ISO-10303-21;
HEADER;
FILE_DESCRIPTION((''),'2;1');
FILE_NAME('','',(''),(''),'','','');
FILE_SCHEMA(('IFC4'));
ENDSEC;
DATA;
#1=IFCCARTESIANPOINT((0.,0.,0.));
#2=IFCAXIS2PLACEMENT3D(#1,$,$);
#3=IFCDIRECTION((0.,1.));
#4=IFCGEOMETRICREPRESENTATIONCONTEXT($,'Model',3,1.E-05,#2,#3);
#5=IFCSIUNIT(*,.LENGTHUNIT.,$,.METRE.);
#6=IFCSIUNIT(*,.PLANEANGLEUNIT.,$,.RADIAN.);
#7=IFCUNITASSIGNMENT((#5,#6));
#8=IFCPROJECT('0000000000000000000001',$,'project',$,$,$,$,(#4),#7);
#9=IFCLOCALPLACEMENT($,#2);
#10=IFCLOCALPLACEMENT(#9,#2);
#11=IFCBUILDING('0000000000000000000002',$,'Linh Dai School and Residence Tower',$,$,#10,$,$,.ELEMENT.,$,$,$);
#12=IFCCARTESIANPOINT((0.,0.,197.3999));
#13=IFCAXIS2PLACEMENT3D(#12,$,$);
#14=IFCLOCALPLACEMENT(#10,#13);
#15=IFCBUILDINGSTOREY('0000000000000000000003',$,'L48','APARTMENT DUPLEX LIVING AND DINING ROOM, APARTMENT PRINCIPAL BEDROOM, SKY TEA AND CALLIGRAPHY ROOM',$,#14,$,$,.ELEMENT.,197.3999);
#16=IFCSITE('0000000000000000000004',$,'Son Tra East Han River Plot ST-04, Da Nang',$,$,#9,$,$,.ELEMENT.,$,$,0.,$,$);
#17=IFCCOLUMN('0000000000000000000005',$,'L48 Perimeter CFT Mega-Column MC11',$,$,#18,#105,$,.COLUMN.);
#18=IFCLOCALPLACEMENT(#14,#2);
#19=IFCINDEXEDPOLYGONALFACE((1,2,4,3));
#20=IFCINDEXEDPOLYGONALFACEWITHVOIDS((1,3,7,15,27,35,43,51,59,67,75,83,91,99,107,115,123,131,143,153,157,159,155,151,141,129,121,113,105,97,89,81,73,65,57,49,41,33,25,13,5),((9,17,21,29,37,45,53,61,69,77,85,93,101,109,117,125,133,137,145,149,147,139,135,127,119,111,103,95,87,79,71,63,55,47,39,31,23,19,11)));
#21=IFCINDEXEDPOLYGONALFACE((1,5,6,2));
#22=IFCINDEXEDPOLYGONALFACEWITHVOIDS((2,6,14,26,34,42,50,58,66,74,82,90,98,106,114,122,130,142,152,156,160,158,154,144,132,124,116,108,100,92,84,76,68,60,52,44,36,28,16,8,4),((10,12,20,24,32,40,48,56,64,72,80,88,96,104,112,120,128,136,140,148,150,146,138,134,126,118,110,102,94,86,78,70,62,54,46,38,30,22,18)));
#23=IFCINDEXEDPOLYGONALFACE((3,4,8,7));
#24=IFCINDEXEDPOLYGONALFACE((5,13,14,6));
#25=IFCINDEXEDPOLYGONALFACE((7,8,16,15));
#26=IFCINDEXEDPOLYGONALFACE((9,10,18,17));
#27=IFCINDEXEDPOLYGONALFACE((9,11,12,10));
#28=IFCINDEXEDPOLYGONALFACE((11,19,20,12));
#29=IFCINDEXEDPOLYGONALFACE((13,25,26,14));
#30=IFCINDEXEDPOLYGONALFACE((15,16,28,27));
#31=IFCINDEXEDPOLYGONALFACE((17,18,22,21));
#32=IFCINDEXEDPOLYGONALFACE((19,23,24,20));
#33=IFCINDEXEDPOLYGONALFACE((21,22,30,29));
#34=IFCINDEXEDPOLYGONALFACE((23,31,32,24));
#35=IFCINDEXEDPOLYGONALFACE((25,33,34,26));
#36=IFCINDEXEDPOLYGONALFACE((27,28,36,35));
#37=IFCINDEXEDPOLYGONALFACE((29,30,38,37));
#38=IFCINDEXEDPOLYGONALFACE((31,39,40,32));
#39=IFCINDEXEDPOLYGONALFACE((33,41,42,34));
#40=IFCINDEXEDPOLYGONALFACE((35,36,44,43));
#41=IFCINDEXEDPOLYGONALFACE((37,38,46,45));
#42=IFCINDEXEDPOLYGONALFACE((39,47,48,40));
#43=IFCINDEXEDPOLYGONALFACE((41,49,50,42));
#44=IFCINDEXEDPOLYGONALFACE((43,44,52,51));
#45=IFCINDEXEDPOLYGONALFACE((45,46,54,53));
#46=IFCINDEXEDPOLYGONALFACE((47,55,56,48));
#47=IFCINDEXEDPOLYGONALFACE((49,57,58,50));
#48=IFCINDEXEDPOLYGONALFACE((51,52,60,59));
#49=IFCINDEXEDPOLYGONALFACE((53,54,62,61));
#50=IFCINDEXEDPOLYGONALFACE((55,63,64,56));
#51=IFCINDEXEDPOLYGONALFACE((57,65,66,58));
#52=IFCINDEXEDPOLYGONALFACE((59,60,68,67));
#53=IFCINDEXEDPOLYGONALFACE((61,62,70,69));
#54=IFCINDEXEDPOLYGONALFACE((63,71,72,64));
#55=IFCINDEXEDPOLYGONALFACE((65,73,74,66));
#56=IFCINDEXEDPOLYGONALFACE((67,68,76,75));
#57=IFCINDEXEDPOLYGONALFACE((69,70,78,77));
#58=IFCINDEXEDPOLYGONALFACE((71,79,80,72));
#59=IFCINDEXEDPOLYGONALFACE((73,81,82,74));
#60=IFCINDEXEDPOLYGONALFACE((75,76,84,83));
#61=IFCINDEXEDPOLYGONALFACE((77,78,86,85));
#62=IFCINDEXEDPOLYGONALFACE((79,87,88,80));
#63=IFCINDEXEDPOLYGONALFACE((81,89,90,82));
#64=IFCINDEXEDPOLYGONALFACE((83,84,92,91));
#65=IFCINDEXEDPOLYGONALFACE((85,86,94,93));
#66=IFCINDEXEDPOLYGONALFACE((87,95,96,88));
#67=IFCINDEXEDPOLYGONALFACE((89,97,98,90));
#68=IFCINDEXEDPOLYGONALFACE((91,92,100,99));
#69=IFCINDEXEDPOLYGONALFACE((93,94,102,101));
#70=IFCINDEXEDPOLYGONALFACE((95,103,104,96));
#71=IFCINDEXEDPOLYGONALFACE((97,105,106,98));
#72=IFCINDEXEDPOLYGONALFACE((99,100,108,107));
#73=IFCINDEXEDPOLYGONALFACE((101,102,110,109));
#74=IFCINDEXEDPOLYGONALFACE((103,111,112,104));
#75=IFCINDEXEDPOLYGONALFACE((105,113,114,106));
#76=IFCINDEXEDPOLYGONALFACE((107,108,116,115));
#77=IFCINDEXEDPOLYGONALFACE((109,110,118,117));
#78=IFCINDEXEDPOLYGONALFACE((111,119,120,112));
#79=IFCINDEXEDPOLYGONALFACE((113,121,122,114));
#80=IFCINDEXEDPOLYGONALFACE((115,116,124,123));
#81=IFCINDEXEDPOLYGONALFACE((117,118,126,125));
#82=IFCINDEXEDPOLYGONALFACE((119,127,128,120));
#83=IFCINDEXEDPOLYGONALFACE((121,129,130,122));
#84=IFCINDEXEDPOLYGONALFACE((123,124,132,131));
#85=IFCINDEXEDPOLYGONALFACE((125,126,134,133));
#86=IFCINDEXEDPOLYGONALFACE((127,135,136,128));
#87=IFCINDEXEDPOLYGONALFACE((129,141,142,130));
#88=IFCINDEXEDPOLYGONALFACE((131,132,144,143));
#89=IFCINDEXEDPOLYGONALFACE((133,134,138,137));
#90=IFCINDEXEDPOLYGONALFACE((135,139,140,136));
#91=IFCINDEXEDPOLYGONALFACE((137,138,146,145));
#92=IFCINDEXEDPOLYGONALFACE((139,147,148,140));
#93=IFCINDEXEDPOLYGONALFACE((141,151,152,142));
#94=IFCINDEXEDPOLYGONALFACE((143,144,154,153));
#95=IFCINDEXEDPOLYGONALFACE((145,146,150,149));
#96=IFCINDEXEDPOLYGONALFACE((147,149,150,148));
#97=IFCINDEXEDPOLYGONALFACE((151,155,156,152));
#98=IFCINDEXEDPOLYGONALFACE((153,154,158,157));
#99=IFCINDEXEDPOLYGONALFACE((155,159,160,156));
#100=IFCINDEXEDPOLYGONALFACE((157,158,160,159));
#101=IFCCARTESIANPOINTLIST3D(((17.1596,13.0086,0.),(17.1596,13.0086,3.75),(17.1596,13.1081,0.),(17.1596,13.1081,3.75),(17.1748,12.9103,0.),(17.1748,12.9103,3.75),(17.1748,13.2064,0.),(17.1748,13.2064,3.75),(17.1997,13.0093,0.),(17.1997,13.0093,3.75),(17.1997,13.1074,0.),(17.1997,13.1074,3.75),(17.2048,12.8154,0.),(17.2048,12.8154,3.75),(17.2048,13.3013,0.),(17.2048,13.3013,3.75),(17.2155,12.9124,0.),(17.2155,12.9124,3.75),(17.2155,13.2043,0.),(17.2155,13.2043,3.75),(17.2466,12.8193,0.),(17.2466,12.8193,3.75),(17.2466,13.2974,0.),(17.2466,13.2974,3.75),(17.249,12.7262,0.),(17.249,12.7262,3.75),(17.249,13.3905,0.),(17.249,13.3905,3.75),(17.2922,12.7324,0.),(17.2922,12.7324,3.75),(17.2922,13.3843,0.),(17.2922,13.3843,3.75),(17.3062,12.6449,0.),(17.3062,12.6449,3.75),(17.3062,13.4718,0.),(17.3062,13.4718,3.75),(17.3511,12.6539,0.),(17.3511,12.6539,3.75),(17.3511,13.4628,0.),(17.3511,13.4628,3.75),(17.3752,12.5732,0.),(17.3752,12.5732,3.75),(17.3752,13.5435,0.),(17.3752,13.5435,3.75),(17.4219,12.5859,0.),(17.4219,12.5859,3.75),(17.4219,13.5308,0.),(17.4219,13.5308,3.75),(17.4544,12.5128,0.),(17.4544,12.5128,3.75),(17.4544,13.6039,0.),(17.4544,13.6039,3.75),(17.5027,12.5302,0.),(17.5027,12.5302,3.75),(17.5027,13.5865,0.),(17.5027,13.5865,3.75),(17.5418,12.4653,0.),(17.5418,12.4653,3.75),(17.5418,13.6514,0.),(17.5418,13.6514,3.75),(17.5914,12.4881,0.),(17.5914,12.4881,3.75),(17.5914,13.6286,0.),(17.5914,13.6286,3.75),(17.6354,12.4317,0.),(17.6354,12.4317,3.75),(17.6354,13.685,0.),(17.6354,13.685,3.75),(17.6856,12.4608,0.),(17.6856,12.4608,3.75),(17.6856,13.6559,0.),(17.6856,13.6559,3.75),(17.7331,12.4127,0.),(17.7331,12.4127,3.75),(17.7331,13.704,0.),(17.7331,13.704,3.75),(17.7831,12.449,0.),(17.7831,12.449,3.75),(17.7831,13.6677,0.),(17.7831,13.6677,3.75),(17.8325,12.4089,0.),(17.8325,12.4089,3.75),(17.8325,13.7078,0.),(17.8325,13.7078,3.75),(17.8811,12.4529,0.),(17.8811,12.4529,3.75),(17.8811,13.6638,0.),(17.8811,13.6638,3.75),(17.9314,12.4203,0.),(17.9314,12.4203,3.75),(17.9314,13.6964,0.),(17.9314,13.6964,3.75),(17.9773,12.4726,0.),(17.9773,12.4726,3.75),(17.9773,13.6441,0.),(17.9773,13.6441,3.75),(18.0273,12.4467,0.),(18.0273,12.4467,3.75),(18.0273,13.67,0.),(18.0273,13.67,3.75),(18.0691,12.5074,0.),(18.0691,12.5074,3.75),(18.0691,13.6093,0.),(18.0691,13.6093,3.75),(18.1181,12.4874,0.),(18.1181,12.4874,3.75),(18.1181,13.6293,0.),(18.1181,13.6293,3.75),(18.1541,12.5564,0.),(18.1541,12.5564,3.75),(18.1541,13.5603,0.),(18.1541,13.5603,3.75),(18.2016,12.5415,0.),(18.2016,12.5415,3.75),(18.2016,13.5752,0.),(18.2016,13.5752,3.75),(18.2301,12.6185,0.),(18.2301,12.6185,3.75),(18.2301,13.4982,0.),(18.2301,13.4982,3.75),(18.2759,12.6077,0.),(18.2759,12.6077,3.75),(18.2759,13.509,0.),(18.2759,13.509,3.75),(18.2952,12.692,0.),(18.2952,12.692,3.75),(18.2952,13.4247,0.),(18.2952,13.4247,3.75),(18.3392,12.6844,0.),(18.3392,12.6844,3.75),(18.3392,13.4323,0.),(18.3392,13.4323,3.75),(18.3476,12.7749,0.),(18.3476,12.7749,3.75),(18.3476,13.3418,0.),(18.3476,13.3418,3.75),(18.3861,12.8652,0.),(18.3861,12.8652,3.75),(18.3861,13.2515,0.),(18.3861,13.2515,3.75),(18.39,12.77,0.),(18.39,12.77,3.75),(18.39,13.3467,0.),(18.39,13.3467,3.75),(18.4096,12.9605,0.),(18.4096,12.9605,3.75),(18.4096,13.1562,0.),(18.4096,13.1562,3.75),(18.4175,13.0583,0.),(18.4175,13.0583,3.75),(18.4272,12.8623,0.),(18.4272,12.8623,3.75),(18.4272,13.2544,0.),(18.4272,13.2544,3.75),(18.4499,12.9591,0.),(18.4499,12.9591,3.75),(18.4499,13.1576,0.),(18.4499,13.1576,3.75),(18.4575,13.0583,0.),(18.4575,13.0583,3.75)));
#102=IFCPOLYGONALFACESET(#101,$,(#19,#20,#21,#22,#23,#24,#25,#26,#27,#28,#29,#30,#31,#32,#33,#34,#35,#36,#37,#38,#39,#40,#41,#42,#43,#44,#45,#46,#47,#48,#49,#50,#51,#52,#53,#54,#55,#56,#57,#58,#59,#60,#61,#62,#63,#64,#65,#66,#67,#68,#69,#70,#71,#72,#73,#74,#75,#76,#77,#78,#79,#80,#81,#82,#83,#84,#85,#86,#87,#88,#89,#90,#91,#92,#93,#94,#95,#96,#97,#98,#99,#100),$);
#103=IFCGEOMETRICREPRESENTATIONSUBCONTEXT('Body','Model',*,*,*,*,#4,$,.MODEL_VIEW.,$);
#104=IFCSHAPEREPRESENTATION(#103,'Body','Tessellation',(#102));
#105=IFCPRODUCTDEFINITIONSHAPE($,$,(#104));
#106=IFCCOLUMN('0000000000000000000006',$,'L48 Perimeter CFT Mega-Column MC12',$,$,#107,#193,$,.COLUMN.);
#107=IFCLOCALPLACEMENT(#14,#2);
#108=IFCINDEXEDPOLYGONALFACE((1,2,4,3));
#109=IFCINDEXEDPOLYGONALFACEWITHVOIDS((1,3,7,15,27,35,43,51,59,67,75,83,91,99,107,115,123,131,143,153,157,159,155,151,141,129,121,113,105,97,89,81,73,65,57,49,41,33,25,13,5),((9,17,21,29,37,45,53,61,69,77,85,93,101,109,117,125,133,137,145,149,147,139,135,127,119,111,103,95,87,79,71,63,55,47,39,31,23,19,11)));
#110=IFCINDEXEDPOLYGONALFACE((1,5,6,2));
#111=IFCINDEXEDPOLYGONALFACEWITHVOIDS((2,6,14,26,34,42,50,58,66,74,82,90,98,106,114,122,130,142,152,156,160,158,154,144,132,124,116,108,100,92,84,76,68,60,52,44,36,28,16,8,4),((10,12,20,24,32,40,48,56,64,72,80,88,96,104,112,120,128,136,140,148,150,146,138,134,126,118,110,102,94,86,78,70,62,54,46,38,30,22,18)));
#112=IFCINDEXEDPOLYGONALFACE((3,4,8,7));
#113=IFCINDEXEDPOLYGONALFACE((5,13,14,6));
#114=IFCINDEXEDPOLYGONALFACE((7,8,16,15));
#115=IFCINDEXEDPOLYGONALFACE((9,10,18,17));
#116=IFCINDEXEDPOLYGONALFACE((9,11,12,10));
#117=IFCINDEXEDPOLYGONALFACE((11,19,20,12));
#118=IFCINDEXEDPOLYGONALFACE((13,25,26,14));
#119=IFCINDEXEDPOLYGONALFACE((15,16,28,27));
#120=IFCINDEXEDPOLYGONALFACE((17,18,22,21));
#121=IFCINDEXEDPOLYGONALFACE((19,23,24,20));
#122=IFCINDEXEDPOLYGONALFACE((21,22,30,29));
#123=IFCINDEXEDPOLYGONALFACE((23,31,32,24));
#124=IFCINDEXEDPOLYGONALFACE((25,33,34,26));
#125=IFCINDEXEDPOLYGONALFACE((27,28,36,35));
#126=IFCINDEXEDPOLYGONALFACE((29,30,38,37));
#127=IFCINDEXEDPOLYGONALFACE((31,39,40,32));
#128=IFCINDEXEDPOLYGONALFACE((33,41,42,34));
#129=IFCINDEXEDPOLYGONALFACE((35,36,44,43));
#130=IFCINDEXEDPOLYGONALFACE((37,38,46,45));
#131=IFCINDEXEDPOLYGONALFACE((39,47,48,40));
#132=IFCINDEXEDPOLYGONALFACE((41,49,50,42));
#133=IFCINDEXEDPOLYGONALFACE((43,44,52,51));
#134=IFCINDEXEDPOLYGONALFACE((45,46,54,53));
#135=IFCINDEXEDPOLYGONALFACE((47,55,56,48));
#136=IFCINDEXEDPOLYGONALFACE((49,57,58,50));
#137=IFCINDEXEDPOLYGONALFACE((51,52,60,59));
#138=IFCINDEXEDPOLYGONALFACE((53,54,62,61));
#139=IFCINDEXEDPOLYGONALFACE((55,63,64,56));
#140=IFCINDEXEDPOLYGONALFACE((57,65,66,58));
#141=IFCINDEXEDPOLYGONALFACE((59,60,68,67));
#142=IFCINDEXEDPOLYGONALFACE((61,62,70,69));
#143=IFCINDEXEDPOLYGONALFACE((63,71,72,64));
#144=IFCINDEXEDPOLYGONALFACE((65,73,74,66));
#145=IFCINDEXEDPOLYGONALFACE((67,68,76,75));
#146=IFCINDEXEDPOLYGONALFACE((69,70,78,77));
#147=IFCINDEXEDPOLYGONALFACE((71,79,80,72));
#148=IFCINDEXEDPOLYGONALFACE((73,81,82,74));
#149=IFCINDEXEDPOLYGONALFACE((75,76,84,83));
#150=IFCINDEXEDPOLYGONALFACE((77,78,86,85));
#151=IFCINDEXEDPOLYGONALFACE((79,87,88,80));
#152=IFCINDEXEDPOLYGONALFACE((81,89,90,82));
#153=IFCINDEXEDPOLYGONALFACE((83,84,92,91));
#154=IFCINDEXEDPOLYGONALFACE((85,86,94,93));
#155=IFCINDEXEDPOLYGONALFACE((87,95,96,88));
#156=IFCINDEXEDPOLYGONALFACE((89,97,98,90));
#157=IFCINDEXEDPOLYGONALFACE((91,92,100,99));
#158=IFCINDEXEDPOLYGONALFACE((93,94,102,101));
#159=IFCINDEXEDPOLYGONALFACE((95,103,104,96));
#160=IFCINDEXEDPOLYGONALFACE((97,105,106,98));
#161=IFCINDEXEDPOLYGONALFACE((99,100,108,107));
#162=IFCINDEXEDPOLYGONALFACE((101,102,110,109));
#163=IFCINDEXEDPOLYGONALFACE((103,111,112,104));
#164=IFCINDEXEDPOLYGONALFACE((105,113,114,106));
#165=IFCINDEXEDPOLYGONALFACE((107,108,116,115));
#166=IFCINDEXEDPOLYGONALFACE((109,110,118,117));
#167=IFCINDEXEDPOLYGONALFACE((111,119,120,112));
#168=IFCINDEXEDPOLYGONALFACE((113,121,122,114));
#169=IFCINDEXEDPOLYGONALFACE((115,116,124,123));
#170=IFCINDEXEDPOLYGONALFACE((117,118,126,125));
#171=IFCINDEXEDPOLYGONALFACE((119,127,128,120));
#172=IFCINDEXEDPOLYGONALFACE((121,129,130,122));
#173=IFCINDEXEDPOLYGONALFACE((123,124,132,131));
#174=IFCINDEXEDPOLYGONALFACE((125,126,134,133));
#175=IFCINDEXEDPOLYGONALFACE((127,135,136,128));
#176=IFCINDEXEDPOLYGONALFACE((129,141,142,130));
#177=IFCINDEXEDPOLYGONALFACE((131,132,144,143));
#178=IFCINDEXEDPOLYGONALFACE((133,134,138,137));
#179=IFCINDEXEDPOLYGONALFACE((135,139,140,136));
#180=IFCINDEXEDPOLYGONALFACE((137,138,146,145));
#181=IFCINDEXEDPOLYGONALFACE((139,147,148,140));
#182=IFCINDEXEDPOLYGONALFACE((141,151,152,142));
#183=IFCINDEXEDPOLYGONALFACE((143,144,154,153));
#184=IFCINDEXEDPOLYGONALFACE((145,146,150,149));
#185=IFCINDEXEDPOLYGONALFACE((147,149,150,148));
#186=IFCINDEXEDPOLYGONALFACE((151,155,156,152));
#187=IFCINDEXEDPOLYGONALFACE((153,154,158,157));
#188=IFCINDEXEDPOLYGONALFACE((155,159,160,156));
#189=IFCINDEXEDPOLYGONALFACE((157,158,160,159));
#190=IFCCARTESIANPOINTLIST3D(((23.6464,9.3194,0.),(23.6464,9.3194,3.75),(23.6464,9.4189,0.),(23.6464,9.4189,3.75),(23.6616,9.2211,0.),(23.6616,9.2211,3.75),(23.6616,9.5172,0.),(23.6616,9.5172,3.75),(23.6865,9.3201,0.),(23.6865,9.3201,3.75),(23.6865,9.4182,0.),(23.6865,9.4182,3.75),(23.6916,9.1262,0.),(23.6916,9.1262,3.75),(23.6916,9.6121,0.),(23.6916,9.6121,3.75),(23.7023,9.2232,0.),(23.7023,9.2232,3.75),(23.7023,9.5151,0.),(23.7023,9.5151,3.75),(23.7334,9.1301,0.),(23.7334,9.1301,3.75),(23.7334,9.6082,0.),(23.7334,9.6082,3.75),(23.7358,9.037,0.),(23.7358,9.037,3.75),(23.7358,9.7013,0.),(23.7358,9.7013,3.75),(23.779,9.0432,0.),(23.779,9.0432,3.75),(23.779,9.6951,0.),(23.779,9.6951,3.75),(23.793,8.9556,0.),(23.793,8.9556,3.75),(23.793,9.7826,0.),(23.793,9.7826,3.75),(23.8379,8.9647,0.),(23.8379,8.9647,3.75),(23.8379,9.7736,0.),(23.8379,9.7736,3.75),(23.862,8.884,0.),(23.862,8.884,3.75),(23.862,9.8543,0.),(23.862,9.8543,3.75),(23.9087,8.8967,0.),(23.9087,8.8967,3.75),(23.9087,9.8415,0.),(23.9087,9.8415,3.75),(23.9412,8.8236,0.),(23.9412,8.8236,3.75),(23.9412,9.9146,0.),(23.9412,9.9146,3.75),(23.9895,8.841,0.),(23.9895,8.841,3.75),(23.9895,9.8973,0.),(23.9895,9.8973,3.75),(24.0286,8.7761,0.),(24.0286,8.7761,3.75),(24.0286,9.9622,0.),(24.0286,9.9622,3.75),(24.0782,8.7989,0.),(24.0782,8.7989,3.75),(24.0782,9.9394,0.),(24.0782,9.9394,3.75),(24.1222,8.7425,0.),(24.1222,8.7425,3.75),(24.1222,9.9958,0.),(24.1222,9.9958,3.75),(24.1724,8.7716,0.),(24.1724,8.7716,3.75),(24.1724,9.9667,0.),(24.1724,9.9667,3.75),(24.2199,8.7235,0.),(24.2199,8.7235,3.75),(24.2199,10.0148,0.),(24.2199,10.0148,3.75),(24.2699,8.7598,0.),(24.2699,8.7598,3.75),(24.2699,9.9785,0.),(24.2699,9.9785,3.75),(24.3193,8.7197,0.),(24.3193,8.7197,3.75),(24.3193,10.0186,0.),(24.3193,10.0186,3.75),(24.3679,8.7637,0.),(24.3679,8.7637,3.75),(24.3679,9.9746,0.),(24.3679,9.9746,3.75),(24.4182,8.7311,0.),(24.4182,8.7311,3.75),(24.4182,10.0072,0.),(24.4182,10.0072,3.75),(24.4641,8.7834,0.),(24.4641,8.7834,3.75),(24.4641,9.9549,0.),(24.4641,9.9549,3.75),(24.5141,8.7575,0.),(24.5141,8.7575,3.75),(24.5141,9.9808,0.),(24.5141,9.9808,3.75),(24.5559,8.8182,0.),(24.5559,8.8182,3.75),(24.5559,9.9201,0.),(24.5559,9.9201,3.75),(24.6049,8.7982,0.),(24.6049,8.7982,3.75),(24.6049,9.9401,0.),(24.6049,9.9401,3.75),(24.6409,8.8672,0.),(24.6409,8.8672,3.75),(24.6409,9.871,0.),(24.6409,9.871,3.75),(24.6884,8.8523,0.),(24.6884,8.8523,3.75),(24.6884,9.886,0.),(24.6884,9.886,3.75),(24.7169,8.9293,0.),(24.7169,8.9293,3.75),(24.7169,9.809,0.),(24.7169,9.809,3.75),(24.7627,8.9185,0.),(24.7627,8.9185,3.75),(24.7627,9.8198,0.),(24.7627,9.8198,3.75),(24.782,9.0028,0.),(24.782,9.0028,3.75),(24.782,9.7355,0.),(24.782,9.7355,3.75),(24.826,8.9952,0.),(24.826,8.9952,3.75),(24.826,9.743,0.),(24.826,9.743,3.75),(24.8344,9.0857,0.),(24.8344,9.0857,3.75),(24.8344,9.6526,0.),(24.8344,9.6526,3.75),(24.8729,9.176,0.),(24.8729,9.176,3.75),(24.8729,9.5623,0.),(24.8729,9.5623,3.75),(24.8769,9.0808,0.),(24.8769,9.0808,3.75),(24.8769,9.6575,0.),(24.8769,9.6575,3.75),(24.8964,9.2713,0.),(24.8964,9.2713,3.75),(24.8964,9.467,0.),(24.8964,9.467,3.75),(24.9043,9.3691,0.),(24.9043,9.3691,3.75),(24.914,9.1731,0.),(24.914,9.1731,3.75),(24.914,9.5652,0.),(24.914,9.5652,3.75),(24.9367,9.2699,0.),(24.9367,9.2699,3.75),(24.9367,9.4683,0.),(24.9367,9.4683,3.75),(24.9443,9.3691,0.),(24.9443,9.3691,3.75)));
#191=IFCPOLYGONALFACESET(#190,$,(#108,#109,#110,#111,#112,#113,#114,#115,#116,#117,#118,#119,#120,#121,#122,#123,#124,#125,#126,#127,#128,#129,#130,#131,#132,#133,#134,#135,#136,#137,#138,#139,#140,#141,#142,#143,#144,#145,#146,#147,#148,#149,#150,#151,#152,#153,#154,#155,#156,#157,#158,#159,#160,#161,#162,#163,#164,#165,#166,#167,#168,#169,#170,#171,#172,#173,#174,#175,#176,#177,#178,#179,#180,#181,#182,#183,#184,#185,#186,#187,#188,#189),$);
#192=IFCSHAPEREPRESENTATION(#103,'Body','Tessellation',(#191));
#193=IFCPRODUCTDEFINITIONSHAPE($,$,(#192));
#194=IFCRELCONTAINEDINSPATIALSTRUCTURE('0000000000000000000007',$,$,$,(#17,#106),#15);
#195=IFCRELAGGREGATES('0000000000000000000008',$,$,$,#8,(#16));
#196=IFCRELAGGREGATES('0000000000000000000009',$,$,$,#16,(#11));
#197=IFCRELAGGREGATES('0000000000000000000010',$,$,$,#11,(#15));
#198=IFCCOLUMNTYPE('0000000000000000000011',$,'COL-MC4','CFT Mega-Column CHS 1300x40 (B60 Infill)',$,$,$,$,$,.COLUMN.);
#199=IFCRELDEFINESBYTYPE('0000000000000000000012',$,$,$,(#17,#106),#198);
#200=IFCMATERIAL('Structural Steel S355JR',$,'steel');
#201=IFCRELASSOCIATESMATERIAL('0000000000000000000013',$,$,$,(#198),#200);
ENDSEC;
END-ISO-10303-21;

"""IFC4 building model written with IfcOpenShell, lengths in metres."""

from ifc_helpers import new_model, si_unit, direction, frame, origin, origin_2d, place, context, subcontext, project, spatial, hollow_circle, extrude, material, material_profile, profile_set, type_object, element, save


model = new_model("IFC4")

# Units and contexts
model_context = context("Model", 3, precision=1e-05, world=origin(), true_north=direction((0.0, 1.0)))
body_context = subcontext(model_context, "Body", "Model", "MODEL_VIEW")
ifc_project = project(units=[si_unit("LENGTHUNIT", "METRE"), si_unit("PLANEANGLEUNIT", "RADIAN")], contexts=[model_context])

# Site, building, storey
site_placement = place(None, origin())
site = spatial("IfcSite", under=ifc_project, at=site_placement, Name="Son Tra East Han River Plot ST-04, Da Nang", CompositionType="ELEMENT", RefElevation=0.0)
building_placement = place(site_placement, origin())
building = spatial("IfcBuilding", under=site, at=building_placement, Name="Linh Dai School and Residence Tower", CompositionType="ELEMENT")
storey_placement = place(building_placement, frame((0.0, 0.0, 197.3999)))
storey = spatial("IfcBuildingStorey", under=building, at=storey_placement, Name="L48", Description="APARTMENT DUPLEX LIVING AND DINING ROOM, APARTMENT PRINCIPAL BEDROOM, SKY TEA AND CALLIGRAPHY ROOM", CompositionType="ELEMENT", Elevation=197.3999)

# Columns
ifc_material_1 = material(Name="Structural Steel S355JR", Category="steel")
ifc_material_profile_1 = material_profile(ifc_material_1, hollow_circle(Radius=0.6499, WallThickness=0.04, at=origin_2d()), Name="CHS 1300x40")
ifc_profile_set_1 = profile_set([ifc_material_profile_1], Name="Structural Steel S355JR")
column_type = type_object("IfcColumnType", Name="COL-MC4", Description="CFT Mega-Column CHS 1300x40 (B60 Infill)", PredefinedType="COLUMN", material=ifc_profile_set_1)
for number, where, z_axis, x_axis, name in (
    (1, (17.8076, 13.0583, 0.0), (0.0, 0.0, 1.0), (1.0, 0.0, 0.0), "L48 Perimeter CFT Mega-Column MC11"),
    (2, (24.2944, 9.3691, 0.0), (0.0, 0.0, 1.0), (1.0, 0.0, 0.0), "L48 Perimeter CFT Mega-Column MC12"),
):
    element("IfcColumn", number, at=place(storey_placement, frame(where, z_axis=z_axis, x_axis=x_axis)), inside=storey, type_object=column_type, Name=name, PredefinedType="COLUMN", context=body_context, shape_type="SweptSolid", body=[
        extrude(hollow_circle(Radius=0.6499, WallThickness=0.04, at=origin_2d()), origin(), (0.0, 0.0, 1.0), 3.75),
    ])

save(model, "model.ifc")
